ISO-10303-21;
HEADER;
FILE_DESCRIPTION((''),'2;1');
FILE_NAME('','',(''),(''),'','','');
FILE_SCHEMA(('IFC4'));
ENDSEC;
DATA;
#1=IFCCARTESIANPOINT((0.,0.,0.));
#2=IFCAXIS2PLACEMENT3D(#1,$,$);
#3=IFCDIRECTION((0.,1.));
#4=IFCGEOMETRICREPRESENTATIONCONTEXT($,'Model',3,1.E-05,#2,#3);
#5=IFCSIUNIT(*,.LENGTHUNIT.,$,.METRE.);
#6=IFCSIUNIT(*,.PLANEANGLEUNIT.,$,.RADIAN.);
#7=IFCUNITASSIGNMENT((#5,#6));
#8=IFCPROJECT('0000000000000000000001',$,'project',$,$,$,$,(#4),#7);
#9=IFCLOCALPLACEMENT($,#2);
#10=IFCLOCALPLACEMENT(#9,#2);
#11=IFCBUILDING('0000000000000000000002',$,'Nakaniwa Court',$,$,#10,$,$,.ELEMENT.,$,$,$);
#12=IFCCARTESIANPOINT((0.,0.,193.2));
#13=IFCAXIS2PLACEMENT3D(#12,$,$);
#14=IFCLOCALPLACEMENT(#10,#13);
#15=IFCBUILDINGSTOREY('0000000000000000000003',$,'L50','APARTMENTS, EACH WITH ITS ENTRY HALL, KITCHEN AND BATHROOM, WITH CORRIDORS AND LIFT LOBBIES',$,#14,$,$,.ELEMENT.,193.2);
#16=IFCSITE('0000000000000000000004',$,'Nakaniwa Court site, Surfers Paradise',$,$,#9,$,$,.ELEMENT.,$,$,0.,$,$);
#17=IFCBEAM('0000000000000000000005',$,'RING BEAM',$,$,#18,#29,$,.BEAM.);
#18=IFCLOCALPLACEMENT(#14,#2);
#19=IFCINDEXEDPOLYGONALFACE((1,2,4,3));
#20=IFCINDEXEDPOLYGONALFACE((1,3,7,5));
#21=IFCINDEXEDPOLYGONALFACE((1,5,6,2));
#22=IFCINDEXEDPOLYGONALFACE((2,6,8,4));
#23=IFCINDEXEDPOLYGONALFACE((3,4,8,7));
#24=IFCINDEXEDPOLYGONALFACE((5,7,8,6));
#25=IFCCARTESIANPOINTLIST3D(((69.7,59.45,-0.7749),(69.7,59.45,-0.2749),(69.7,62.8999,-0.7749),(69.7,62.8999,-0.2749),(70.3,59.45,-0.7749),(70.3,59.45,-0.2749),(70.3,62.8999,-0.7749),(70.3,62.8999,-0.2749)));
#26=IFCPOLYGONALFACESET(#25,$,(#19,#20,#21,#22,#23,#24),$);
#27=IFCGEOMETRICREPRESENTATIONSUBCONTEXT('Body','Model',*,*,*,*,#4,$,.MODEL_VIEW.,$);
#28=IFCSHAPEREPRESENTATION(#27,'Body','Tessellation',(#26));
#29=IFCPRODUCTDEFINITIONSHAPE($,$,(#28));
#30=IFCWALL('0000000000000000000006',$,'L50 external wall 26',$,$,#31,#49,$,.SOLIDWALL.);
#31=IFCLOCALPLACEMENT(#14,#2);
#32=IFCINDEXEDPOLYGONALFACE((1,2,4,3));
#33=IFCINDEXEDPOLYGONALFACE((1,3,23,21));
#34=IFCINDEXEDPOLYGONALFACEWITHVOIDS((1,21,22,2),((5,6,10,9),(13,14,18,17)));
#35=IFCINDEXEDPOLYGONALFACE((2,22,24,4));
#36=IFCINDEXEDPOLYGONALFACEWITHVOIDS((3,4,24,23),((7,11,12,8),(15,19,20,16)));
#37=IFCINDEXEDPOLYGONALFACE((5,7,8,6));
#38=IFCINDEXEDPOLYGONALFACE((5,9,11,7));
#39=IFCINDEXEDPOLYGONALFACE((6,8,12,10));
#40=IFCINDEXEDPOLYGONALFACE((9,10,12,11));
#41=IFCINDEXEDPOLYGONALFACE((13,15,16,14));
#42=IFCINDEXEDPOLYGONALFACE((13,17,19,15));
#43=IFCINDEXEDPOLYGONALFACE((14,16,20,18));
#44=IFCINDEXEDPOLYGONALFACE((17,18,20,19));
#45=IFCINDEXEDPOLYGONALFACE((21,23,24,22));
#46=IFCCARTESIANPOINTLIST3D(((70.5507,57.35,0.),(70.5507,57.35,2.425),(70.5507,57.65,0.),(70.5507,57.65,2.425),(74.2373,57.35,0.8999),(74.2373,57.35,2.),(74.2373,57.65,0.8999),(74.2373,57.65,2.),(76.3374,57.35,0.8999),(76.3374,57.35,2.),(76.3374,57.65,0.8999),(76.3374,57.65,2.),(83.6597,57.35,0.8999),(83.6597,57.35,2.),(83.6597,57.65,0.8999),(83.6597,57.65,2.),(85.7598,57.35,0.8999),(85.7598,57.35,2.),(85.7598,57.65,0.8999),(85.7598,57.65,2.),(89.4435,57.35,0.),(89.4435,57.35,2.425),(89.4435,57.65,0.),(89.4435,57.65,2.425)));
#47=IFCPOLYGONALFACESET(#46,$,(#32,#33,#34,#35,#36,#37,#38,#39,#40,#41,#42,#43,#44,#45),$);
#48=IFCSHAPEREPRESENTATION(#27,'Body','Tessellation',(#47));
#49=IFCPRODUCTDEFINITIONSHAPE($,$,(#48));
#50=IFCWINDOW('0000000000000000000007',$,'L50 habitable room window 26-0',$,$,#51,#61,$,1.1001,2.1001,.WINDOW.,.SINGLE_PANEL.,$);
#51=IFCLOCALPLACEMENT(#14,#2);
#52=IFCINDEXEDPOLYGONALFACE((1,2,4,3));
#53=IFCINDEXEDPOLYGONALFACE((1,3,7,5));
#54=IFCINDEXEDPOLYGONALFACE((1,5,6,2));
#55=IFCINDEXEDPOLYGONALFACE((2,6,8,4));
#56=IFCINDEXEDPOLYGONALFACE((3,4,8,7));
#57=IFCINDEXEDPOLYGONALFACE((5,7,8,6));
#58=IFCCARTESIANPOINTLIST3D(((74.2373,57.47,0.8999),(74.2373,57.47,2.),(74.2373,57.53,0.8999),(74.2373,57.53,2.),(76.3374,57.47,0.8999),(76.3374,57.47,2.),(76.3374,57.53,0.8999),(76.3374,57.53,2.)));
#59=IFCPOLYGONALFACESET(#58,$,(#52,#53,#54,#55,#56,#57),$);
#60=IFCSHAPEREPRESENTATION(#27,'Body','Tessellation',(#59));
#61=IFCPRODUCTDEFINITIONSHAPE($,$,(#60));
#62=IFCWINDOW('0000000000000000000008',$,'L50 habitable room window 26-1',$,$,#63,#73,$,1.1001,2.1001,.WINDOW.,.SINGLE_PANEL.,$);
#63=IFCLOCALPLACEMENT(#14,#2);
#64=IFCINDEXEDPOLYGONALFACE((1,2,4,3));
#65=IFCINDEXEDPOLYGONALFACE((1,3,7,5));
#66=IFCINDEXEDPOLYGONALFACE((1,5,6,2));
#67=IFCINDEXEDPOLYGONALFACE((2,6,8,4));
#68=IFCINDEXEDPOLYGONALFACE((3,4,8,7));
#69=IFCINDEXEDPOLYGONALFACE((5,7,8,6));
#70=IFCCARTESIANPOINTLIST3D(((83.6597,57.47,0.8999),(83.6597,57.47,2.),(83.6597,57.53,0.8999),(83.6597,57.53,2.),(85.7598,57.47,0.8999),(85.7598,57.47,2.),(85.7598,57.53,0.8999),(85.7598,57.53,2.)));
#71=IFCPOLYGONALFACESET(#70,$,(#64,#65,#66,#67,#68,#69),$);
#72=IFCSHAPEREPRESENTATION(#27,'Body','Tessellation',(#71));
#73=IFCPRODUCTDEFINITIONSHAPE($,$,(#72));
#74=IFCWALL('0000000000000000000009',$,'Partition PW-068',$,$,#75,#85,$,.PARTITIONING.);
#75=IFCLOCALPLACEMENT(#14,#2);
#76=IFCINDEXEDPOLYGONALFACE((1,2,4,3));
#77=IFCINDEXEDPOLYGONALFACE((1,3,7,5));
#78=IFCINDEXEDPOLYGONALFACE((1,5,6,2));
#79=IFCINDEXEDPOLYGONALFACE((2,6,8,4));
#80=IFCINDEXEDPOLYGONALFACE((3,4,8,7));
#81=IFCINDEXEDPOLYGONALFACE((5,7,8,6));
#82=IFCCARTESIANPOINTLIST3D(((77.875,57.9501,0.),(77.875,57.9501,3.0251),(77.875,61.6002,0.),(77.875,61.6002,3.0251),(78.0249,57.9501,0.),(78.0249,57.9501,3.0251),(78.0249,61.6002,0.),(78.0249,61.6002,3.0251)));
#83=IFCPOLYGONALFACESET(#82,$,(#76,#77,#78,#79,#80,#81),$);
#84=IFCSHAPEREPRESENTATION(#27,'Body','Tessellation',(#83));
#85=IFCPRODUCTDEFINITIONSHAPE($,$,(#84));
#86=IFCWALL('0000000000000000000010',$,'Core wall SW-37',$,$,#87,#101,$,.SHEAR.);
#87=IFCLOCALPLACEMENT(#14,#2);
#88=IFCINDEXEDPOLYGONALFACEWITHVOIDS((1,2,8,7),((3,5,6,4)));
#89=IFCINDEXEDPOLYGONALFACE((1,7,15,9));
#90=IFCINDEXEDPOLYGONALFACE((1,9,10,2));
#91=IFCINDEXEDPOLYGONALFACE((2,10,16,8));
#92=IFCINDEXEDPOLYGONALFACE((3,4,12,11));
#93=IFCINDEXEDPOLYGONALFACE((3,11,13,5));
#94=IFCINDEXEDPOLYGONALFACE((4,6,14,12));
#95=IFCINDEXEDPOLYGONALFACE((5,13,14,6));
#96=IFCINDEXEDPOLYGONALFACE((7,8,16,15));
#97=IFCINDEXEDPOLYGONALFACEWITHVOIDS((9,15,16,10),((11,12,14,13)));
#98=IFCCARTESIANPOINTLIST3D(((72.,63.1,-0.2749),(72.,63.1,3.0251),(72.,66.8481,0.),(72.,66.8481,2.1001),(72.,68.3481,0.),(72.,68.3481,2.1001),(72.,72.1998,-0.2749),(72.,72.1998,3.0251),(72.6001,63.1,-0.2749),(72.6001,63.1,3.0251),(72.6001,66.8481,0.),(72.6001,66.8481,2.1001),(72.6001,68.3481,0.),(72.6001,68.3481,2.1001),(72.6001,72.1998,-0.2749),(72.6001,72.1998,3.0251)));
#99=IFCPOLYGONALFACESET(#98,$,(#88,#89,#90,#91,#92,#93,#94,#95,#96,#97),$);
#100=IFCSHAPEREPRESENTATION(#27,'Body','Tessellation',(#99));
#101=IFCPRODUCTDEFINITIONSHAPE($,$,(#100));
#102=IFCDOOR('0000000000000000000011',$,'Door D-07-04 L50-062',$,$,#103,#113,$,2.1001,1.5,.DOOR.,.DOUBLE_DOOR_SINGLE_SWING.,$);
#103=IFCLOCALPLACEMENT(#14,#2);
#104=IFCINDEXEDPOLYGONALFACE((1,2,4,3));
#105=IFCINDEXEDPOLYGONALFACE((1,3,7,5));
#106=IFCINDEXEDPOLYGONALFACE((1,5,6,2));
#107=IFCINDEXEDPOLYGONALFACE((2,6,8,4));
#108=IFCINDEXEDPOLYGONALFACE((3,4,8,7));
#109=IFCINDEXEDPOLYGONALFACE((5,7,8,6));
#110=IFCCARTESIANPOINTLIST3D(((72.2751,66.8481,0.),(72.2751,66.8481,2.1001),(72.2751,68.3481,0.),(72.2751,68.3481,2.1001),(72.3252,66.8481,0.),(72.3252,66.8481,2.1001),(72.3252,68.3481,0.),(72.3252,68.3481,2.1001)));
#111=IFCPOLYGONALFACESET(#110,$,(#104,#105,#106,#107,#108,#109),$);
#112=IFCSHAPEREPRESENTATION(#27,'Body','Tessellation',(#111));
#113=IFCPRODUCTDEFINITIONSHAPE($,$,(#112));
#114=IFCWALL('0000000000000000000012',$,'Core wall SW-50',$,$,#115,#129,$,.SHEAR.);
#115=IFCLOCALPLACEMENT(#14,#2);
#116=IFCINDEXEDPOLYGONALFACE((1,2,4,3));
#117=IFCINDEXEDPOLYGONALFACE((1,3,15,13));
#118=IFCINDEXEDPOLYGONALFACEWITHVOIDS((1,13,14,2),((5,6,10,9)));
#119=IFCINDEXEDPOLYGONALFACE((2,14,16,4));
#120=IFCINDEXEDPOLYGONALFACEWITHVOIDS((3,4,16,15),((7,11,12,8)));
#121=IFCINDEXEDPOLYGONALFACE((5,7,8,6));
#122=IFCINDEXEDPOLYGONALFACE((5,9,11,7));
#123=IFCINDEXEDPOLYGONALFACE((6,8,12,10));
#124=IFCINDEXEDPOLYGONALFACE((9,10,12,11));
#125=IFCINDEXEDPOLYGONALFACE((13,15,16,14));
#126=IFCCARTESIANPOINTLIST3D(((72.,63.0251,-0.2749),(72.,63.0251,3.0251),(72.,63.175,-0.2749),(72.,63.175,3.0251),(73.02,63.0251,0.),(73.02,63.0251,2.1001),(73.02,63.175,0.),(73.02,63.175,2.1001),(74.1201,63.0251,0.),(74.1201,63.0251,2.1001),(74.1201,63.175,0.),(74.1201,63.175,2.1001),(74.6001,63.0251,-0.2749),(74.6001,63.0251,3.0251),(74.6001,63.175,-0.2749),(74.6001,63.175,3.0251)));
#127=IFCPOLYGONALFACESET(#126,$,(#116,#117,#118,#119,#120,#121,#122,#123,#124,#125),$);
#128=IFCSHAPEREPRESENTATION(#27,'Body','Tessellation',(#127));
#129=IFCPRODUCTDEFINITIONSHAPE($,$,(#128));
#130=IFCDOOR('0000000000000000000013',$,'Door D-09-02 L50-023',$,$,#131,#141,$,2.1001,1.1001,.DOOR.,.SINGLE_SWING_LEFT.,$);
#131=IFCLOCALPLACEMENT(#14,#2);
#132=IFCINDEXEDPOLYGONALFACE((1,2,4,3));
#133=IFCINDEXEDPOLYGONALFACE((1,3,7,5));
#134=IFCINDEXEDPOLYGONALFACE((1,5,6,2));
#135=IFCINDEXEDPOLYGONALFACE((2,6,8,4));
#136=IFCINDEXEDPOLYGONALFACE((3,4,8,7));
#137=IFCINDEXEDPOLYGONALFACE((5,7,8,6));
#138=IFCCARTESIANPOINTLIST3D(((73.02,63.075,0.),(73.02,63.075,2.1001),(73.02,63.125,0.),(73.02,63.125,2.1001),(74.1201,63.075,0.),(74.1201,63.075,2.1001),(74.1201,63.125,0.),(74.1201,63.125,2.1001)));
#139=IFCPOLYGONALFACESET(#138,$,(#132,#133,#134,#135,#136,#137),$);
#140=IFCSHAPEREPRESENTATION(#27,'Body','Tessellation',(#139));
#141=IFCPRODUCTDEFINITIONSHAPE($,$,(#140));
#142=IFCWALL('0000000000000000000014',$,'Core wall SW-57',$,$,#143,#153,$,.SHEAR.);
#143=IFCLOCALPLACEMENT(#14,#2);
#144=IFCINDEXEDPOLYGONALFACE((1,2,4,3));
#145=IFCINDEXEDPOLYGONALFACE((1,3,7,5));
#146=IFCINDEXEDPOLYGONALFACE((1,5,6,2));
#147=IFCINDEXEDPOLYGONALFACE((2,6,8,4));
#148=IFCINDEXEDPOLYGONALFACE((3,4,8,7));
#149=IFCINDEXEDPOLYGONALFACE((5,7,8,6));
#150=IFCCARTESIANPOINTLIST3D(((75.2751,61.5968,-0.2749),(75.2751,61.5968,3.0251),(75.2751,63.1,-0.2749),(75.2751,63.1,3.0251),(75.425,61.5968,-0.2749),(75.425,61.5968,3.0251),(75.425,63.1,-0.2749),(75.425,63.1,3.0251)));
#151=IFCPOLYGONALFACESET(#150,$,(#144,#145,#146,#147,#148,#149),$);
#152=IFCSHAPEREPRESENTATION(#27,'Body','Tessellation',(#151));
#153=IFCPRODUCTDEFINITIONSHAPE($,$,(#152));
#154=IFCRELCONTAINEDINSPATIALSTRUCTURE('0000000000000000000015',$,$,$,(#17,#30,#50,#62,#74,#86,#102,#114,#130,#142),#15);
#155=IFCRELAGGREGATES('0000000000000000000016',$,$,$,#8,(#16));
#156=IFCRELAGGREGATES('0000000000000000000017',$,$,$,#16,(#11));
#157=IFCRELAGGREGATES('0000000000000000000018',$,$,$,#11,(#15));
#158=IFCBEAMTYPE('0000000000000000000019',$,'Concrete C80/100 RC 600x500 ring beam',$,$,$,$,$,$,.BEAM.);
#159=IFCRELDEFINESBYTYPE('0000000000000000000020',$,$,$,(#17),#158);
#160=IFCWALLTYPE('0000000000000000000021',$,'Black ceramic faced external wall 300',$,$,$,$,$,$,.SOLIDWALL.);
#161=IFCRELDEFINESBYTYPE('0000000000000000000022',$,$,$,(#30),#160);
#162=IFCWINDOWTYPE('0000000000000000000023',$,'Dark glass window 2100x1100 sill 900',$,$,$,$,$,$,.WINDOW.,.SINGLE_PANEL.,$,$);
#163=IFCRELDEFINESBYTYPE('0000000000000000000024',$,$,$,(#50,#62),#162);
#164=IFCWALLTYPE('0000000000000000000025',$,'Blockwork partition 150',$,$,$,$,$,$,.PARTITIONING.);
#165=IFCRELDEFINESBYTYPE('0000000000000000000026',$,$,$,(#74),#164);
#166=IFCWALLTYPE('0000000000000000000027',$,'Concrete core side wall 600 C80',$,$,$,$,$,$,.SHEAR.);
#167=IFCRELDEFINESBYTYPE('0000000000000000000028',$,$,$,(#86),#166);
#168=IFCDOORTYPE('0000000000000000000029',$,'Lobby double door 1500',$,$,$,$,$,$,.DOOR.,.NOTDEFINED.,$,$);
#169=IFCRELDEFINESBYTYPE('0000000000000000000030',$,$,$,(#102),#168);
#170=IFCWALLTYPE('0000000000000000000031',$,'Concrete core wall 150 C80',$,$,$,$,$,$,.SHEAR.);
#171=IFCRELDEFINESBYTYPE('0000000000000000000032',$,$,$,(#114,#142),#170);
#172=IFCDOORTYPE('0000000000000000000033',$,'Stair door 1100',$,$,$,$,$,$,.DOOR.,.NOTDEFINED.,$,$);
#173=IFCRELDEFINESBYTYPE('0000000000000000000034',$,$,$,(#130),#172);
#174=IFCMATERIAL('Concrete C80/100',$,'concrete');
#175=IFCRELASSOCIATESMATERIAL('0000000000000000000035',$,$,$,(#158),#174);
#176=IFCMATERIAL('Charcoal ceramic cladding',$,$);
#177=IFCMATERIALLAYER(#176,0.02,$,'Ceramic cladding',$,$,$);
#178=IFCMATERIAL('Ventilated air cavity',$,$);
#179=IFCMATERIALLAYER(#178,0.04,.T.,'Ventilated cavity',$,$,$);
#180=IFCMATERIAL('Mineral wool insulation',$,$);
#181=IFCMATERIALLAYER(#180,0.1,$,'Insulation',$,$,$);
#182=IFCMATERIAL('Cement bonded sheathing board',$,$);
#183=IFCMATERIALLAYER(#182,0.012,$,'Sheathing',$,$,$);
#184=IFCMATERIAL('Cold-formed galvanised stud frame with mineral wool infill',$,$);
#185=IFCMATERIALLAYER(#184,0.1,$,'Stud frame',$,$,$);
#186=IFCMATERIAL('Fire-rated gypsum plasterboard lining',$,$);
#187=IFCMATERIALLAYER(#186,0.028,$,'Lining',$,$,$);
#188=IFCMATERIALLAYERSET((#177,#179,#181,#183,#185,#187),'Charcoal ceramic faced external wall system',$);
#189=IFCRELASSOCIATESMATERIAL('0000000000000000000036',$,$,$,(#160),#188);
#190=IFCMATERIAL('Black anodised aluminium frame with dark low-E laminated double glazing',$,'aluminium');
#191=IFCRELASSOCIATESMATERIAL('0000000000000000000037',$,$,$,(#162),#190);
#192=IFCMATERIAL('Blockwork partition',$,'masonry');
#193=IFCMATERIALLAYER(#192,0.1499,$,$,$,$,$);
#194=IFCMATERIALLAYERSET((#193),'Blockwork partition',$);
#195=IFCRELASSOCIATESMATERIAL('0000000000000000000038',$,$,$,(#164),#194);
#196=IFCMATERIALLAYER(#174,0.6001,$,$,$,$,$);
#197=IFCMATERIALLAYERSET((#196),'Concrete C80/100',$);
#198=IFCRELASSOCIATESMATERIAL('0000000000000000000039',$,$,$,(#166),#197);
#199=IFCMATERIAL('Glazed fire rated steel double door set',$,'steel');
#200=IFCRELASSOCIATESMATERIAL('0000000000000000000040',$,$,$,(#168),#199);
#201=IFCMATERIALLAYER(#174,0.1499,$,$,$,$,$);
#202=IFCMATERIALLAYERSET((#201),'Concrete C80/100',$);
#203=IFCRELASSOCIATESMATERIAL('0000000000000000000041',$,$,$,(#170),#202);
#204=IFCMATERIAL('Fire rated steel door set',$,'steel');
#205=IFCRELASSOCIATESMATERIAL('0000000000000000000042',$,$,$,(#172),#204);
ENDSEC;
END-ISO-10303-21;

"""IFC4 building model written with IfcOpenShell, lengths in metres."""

from ifc_helpers import new_model, si_unit, direction, frame, frame_2d, origin, origin_2d, place, context, subcontext, project, spatial, rectangle, extrude, material, layer, layer_set, material_profile, profile_set, type_object, element, fill, save


model = new_model("IFC4")

# Units and contexts
model_context = context("Model", 3, precision=1e-05, world=origin(), true_north=direction((0.0, 1.0)))
body_context = subcontext(model_context, "Body", "Model", "MODEL_VIEW")
ifc_project = project(units=[si_unit("LENGTHUNIT", "METRE"), si_unit("PLANEANGLEUNIT", "RADIAN")], contexts=[model_context])

# Site, building, storey
site_placement = place(None, origin())
site = spatial("IfcSite", under=ifc_project, at=site_placement, Name="Nakaniwa Court site, Surfers Paradise", CompositionType="ELEMENT", RefElevation=0.0)
building_placement = place(site_placement, origin())
building = spatial("IfcBuilding", under=site, at=building_placement, Name="Nakaniwa Court", CompositionType="ELEMENT")
storey_placement = place(building_placement, frame((0.0, 0.0, 193.2)))
storey = spatial("IfcBuildingStorey", under=building, at=storey_placement, Name="L50", Description="APARTMENTS, EACH WITH ITS ENTRY HALL, KITCHEN AND BATHROOM, WITH CORRIDORS AND LIFT LOBBIES", CompositionType="ELEMENT", Elevation=193.2)

# Beam
ifc_material_1 = material(Name="Concrete C80/100", Category="concrete")
ifc_material_profile_1 = material_profile(ifc_material_1, rectangle(XDim=0.6001, YDim=0.5, at=origin_2d()), Name="Concrete C80/100 RC 600x500 ring beam")
ifc_profile_set_1 = profile_set([ifc_material_profile_1], Name="Concrete C80/100")
beam_type = type_object("IfcBeamType", Name="Concrete C80/100 RC 600x500 ring beam", PredefinedType="BEAM", material=ifc_profile_set_1)
beam_placement = place(storey_placement, frame((70.0, 62.8999, -0.5249), z_axis=(0.0, -1.0, 0.0), x_axis=(1.0, 0.0, 0.0)))
element("IfcBeam", 1, at=beam_placement, inside=storey, type_object=beam_type, Name="RING BEAM", PredefinedType="BEAM", context=body_context, shape_type="SweptSolid", body=[
    extrude(rectangle(XDim=0.6001, YDim=0.5, at=origin_2d()), origin(), (0.0, 0.0, 1.0), 3.45),
])

# Wall, openings, windows
ifc_material_2 = material(Name="Charcoal ceramic cladding")
ifc_layer_1 = layer(ifc_material_2, 0.02, Name="Ceramic cladding")
ifc_material_3 = material(Name="Ventilated air cavity")
ifc_layer_2 = layer(ifc_material_3, 0.04, ventilated=True, Name="Ventilated cavity")
ifc_material_4 = material(Name="Mineral wool insulation")
ifc_layer_3 = layer(ifc_material_4, 0.1, Name="Insulation")
ifc_material_5 = material(Name="Cement bonded sheathing board")
ifc_layer_4 = layer(ifc_material_5, 0.012, Name="Sheathing")
ifc_material_6 = material(Name="Cold-formed galvanised stud frame with mineral wool infill")
ifc_layer_5 = layer(ifc_material_6, 0.1, Name="Stud frame")
ifc_material_7 = material(Name="Fire-rated gypsum plasterboard lining")
ifc_layer_6 = layer(ifc_material_7, 0.028, Name="Lining")
ifc_layer_set_1 = layer_set([ifc_layer_1, ifc_layer_2, ifc_layer_3, ifc_layer_4, ifc_layer_5, ifc_layer_6], Name="Charcoal ceramic faced external wall system")
wall_type_1 = type_object("IfcWallType", Name="Black ceramic faced external wall 300", PredefinedType="SOLIDWALL", material=ifc_layer_set_1)
wall_1_placement = place(storey_placement, frame((70.5508, 57.5, 0.0), z_axis=(0.0, 0.0, 1.0), x_axis=(1.0, 0.0, 0.0)))
wall_1 = element("IfcWall", 2, at=wall_1_placement, inside=storey, type_object=wall_type_1, Name="L50 external wall 26", PredefinedType="SOLIDWALL", context=body_context, shape_type="SweptSolid", body=[
    extrude(rectangle(XDim=18.8928, YDim=0.3, at=frame_2d((9.4463, 0.0))), origin(), (0.0, 0.0, 1.0), 2.425),
])
opening_1_placement = place(wall_1_placement, frame((3.6865, 0.0, 0.8999)))
opening_1 = element("IfcOpeningElement", 3, at=opening_1_placement, cuts=wall_1, PredefinedType="OPENING", context=body_context, shape_type="SweptSolid", body=[
    extrude(rectangle(XDim=2.1001, YDim=1.1001, at=frame_2d((1.05, 0.55))), frame((0.0, 0.1599, 0.0), z_axis=(0.0, -1.0, 0.0), x_axis=(1.0, 0.0, 0.0)), (0.0, 0.0, 1.0), 0.3201),
])
opening_2_placement = place(wall_1_placement, frame((13.1089, 0.0, 0.8999)))
opening_2 = element("IfcOpeningElement", 4, at=opening_2_placement, cuts=wall_1, PredefinedType="OPENING", context=body_context, shape_type="SweptSolid", body=[
    extrude(rectangle(XDim=2.1001, YDim=1.1001, at=frame_2d((1.05, 0.55))), frame((0.0, 0.1599, 0.0), z_axis=(0.0, -1.0, 0.0), x_axis=(1.0, 0.0, 0.0)), (0.0, 0.0, 1.0), 0.3201),
])
ifc_material_8 = material(Name="Black anodised aluminium frame with dark low-E laminated double glazing", Category="aluminium")
window_type = type_object("IfcWindowType", Name="Dark glass window 2100x1100 sill 900", PartitioningType="SINGLE_PANEL", PredefinedType="WINDOW", material=ifc_material_8)
window_1_placement = place(opening_1_placement, origin())
window_1 = element("IfcWindow", 5, at=window_1_placement, inside=storey, type_object=window_type, Name="L50 habitable room window 26-0", OverallHeight=1.1001, OverallWidth=2.1001, PartitioningType="SINGLE_PANEL", PredefinedType="WINDOW", context=body_context, shape_type="SweptSolid", body=[
    extrude(rectangle(XDim=2.1001, YDim=1.1001, at=frame_2d((1.05, 0.55))), frame((0.0, 0.03, 0.0), z_axis=(0.0, -1.0, 0.0), x_axis=(1.0, 0.0, 0.0)), (0.0, 0.0, 1.0), 0.0601),
])
fill(opening_1, window_1)
window_2_placement = place(opening_2_placement, origin())
window_2 = element("IfcWindow", 6, at=window_2_placement, inside=storey, type_object=window_type, Name="L50 habitable room window 26-1", OverallHeight=1.1001, OverallWidth=2.1001, PartitioningType="SINGLE_PANEL", PredefinedType="WINDOW", context=body_context, shape_type="SweptSolid", body=[
    extrude(rectangle(XDim=2.1001, YDim=1.1001, at=frame_2d((1.05, 0.55))), frame((0.0, 0.03, 0.0), z_axis=(0.0, -1.0, 0.0), x_axis=(1.0, 0.0, 0.0)), (0.0, 0.0, 1.0), 0.0601),
])
fill(opening_2, window_2)

# Wall
ifc_material_9 = material(Name="Blockwork partition", Category="masonry")
ifc_layer_7 = layer(ifc_material_9, 0.1499)
ifc_layer_set_2 = layer_set([ifc_layer_7], Name="Blockwork partition")
wall_type_2 = type_object("IfcWallType", Name="Blockwork partition 150", PredefinedType="PARTITIONING", material=ifc_layer_set_2)
wall_2_placement = place(storey_placement, frame((77.95, 57.95, 0.0), z_axis=(0.0, 0.0, 1.0), x_axis=(0.0, 1.0, 0.0)))
element("IfcWall", 7, at=wall_2_placement, inside=storey, type_object=wall_type_2, Name="Partition PW-068", PredefinedType="PARTITIONING", context=body_context, shape_type="SweptSolid", body=[
    extrude(rectangle(XDim=3.6501, YDim=0.1499, at=frame_2d((1.8252, 0.0))), origin(), (0.0, 0.0, 1.0), 3.0251),
])

# Walls, openings, doors
ifc_layer_8 = layer(ifc_material_1, 0.6001)
ifc_layer_set_3 = layer_set([ifc_layer_8], Name="Concrete C80/100")
wall_type_3 = type_object("IfcWallType", Name="Concrete core side wall 600 C80", PredefinedType="SHEAR", material=ifc_layer_set_3)
wall_3_placement = place(storey_placement, frame((72.3, 63.1001, -0.2749), z_axis=(0.0, 0.0, 1.0), x_axis=(0.0, 1.0, 0.0)))
wall_3 = element("IfcWall", 8, at=wall_3_placement, inside=storey, type_object=wall_type_3, Name="Core wall SW-37", PredefinedType="SHEAR", context=body_context, shape_type="SweptSolid", body=[
    extrude(rectangle(XDim=9.0999, YDim=0.6001, at=frame_2d((4.5498, 0.0))), origin(), (0.0, 0.0, 1.0), 3.3),
])
opening_3_placement = place(wall_3_placement, frame((3.748, 0.0, 0.2749)))
opening_3 = element("IfcOpeningElement", 9, at=opening_3_placement, cuts=wall_3, PredefinedType="OPENING", context=body_context, shape_type="SweptSolid", body=[
    extrude(rectangle(XDim=1.5, YDim=2.1001, at=frame_2d((0.75, 1.05))), frame((0.0, 0.3101, 0.0), z_axis=(0.0, -1.0, 0.0), x_axis=(1.0, 0.0, 0.0)), (0.0, 0.0, 1.0), 0.6201),
])
ifc_material_10 = material(Name="Glazed fire rated steel double door set", Category="steel")
door_type_1 = type_object("IfcDoorType", Name="Lobby double door 1500", OperationType="NOTDEFINED", PredefinedType="DOOR", material=ifc_material_10)
door_1_placement = place(opening_3_placement, origin())
door_1 = element("IfcDoor", 10, at=door_1_placement, inside=storey, type_object=door_type_1, Name="Door D-07-04 L50-062", OperationType="DOUBLE_DOOR_SINGLE_SWING", OverallHeight=2.1001, OverallWidth=1.5, PredefinedType="DOOR", context=body_context, shape_type="SweptSolid", body=[
    extrude(rectangle(XDim=1.5, YDim=2.1001, at=frame_2d((0.75, 1.05))), frame((0.0, 0.0249, 0.0), z_axis=(0.0, -1.0, 0.0), x_axis=(1.0, 0.0, 0.0)), (0.0, 0.0, 1.0), 0.05),
])
fill(opening_3, door_1)
ifc_layer_9 = layer(ifc_material_1, 0.1499)
ifc_layer_set_4 = layer_set([ifc_layer_9], Name="Concrete C80/100")
wall_type_4 = type_object("IfcWallType", Name="Concrete core wall 150 C80", PredefinedType="SHEAR", material=ifc_layer_set_4)
wall_4_placement = place(storey_placement, frame((72.0, 63.1001, -0.2749), z_axis=(0.0, 0.0, 1.0), x_axis=(1.0, 0.0, 0.0)))
wall_4 = element("IfcWall", 11, at=wall_4_placement, inside=storey, type_object=wall_type_4, Name="Core wall SW-50", PredefinedType="SHEAR", context=body_context, shape_type="SweptSolid", body=[
    extrude(rectangle(XDim=2.6001, YDim=0.1499, at=frame_2d((1.3, 0.0))), origin(), (0.0, 0.0, 1.0), 3.3),
])
opening_4_placement = place(wall_4_placement, frame((1.02, 0.0, 0.2749)))
opening_4 = element("IfcOpeningElement", 12, at=opening_4_placement, cuts=wall_4, PredefinedType="OPENING", context=body_context, shape_type="SweptSolid", body=[
    extrude(rectangle(XDim=1.1001, YDim=2.1001, at=frame_2d((0.55, 1.05))), frame((0.0, 0.085, 0.0), z_axis=(0.0, -1.0, 0.0), x_axis=(1.0, 0.0, 0.0)), (0.0, 0.0, 1.0), 0.1699),
])
ifc_material_11 = material(Name="Fire rated steel door set", Category="steel")
door_type_2 = type_object("IfcDoorType", Name="Stair door 1100", OperationType="NOTDEFINED", PredefinedType="DOOR", material=ifc_material_11)
door_2_placement = place(opening_4_placement, origin())
door_2 = element("IfcDoor", 13, at=door_2_placement, inside=storey, type_object=door_type_2, Name="Door D-09-02 L50-023", OperationType="SINGLE_SWING_LEFT", OverallHeight=2.1001, OverallWidth=1.1001, PredefinedType="DOOR", context=body_context, shape_type="SweptSolid", body=[
    extrude(rectangle(XDim=1.1001, YDim=2.1001, at=frame_2d((0.55, 1.05))), frame((0.0, 0.0249, 0.0), z_axis=(0.0, -1.0, 0.0), x_axis=(1.0, 0.0, 0.0)), (0.0, 0.0, 1.0), 0.05),
])
fill(opening_4, door_2)

# Wall
wall_5_placement = place(storey_placement, frame((75.3501, 61.5969, -0.2749), z_axis=(0.0, 0.0, 1.0), x_axis=(0.0, 1.0, 0.0)))
element("IfcWall", 14, at=wall_5_placement, inside=storey, type_object=wall_type_4, Name="Core wall SW-57", PredefinedType="SHEAR", context=body_context, shape_type="SweptSolid", body=[
    extrude(rectangle(XDim=1.5032, YDim=0.1499, at=frame_2d((0.7515, 0.0))), origin(), (0.0, 0.0, 1.0), 3.3),
])

save(model, "model.ifc")
